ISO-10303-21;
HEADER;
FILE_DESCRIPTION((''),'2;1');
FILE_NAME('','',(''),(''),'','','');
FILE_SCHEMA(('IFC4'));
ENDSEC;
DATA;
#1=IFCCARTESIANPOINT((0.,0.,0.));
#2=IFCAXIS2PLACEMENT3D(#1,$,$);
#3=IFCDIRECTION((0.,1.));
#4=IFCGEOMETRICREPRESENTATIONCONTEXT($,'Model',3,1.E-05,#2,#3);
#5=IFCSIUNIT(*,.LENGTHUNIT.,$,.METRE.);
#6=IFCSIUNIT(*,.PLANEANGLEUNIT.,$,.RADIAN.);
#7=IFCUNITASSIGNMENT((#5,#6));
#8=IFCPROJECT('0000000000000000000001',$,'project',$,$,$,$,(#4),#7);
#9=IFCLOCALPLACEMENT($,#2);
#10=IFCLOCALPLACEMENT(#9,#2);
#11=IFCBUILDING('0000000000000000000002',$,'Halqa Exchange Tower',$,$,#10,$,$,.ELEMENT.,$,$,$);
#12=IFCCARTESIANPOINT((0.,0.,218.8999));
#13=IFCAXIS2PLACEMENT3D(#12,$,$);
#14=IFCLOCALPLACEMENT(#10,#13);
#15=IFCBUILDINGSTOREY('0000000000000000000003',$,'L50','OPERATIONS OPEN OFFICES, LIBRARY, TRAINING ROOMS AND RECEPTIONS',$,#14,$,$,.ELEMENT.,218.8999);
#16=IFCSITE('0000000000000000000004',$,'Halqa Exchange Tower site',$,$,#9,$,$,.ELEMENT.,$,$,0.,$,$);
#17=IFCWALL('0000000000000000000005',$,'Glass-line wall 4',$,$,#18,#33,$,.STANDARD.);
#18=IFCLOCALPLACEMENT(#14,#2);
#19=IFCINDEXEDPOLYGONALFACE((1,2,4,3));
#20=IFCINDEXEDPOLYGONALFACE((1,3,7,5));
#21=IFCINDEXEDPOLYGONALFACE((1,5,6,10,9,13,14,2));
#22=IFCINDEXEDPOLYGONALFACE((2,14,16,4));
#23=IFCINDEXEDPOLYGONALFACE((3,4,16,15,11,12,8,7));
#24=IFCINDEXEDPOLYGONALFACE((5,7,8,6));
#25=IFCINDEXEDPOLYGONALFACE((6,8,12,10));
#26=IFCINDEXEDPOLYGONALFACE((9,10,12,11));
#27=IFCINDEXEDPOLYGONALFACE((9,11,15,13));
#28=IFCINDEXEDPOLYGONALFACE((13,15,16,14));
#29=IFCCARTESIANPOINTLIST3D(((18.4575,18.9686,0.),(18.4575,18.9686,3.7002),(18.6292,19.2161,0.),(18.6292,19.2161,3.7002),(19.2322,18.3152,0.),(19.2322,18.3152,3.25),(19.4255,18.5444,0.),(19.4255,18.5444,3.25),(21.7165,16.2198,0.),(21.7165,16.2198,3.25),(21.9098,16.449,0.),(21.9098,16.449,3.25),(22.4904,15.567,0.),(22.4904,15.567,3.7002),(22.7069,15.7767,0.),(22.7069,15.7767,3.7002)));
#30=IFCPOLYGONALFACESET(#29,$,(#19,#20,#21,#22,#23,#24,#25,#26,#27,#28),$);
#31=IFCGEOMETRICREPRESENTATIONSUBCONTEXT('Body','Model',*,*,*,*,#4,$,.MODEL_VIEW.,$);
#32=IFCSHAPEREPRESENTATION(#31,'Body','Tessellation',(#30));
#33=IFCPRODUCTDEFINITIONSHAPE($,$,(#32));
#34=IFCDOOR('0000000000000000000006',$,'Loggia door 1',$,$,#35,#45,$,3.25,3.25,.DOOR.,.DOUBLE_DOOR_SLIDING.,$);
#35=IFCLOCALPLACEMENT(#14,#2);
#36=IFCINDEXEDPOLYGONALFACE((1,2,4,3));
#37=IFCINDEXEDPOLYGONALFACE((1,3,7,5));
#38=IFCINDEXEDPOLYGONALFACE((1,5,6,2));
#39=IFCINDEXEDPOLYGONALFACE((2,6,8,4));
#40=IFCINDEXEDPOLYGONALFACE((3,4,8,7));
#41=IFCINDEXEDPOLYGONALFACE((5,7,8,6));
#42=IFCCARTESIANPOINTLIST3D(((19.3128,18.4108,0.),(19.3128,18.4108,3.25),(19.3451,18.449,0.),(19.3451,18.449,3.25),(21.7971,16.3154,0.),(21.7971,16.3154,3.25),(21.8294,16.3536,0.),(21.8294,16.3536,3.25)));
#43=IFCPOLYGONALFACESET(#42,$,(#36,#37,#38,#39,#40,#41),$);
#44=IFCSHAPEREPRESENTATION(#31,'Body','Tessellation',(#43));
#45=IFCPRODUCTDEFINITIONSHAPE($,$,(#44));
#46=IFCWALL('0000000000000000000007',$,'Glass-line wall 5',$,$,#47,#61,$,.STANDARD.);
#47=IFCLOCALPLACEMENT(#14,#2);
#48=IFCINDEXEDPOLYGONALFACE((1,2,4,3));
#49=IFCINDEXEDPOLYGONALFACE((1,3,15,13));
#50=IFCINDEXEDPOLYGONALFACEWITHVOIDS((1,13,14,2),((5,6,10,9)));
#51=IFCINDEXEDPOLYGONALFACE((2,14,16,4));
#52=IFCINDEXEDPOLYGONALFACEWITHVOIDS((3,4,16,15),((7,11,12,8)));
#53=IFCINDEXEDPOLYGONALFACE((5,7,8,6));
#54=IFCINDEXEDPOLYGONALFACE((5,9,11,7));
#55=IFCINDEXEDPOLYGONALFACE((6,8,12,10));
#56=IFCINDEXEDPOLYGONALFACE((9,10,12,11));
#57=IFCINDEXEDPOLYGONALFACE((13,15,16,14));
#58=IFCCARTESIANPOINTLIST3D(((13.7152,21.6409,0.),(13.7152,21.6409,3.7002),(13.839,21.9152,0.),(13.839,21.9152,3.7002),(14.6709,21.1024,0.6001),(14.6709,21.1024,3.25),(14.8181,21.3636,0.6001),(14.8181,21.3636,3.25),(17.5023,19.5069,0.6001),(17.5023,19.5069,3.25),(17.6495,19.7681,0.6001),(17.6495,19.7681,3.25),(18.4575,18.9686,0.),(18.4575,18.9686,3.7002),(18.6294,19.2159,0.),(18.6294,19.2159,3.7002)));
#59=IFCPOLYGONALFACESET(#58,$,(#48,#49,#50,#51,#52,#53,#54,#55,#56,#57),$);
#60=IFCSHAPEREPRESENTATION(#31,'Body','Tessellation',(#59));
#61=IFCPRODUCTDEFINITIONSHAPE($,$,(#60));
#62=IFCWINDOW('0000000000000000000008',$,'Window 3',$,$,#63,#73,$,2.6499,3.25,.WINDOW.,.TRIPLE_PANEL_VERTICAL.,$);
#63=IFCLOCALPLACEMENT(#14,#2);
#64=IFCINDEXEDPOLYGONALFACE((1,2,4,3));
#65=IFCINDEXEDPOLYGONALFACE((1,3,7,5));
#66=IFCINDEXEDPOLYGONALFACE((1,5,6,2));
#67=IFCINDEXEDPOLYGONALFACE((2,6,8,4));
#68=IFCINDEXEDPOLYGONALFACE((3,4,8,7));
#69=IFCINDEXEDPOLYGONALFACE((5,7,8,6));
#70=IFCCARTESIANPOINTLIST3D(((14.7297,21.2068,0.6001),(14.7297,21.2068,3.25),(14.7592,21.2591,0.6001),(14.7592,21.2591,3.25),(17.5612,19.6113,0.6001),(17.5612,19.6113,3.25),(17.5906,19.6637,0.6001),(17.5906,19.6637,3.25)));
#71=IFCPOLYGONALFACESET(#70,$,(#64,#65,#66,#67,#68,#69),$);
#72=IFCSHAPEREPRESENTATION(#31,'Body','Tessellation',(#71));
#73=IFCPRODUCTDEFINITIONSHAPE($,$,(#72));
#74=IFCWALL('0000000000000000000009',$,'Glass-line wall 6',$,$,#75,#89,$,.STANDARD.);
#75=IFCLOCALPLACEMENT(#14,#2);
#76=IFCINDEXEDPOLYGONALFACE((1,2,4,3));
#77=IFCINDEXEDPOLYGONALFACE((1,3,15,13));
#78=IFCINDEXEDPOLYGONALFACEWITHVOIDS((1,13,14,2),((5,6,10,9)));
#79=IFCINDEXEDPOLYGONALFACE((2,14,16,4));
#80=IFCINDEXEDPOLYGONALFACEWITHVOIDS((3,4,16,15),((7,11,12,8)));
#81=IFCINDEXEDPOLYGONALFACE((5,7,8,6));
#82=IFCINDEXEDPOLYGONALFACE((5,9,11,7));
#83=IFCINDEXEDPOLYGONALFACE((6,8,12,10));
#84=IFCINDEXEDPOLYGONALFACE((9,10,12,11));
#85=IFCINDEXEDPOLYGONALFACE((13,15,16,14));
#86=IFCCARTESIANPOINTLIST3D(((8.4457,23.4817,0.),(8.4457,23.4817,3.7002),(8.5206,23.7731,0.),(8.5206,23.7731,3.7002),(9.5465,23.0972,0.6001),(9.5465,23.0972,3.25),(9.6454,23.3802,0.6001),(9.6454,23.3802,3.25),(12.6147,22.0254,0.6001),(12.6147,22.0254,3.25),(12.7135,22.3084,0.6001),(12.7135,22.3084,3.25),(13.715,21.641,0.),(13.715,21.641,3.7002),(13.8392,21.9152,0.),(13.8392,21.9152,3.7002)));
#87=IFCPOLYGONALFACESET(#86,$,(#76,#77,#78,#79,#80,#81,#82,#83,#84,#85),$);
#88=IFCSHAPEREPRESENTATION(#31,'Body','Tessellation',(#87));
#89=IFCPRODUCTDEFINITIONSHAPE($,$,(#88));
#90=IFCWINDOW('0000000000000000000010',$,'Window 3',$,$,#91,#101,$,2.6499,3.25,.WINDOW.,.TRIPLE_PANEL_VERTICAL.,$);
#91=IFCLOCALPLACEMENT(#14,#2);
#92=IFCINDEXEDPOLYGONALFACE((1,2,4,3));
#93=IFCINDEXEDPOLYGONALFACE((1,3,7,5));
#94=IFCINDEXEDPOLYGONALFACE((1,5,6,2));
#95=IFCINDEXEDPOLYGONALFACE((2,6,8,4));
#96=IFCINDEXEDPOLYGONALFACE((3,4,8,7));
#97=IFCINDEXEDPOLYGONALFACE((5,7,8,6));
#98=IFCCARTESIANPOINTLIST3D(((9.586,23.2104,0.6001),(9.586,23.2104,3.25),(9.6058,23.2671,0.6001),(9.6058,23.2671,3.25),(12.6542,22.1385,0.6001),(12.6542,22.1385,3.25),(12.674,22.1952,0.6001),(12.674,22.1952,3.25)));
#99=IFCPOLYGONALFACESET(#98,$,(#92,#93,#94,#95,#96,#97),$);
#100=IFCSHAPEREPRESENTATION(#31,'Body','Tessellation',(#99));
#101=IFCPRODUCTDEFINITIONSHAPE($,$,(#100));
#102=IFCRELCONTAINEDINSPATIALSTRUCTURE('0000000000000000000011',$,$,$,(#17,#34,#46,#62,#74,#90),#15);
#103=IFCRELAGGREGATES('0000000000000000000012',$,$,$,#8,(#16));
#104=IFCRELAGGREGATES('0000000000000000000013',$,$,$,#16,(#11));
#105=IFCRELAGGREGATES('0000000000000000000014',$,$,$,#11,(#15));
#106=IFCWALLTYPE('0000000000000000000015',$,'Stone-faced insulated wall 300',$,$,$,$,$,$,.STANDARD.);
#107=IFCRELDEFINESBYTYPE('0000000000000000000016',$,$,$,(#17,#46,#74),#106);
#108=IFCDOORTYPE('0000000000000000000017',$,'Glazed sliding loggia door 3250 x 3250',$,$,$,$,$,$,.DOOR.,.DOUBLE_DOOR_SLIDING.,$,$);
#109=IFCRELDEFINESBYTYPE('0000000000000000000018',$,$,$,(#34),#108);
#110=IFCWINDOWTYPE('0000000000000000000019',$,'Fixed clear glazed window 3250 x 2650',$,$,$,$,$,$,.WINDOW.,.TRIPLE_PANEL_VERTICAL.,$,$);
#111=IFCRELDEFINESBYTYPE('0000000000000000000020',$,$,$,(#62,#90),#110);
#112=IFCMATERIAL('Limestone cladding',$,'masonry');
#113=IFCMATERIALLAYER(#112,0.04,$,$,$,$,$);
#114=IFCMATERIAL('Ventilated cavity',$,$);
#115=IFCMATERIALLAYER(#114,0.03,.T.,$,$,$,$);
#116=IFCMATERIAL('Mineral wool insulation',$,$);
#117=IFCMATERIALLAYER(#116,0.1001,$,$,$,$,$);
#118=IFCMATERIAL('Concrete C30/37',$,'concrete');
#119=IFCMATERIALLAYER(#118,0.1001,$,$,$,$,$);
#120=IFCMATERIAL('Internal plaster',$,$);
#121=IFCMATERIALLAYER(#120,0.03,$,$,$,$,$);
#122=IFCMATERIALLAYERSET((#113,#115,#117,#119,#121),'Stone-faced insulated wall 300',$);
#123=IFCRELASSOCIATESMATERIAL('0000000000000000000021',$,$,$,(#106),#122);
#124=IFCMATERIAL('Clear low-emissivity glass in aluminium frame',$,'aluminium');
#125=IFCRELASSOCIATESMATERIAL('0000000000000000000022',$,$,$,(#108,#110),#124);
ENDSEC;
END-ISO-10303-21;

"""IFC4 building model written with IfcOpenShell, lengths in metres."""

from ifc_helpers import new_model, si_unit, direction, frame, frame_2d, origin, place, context, subcontext, project, spatial, polyline, rectangle, outline, extrude, material, layer, layer_set, type_object, element, fill, save


model = new_model("IFC4")

# Units and contexts
model_context = context("Model", 3, precision=1e-05, world=origin(), true_north=direction((0.0, 1.0)))
body_context = subcontext(model_context, "Body", "Model", "MODEL_VIEW")
ifc_project = project(units=[si_unit("LENGTHUNIT", "METRE"), si_unit("PLANEANGLEUNIT", "RADIAN")], contexts=[model_context])

# Site, building, storey
site_placement = place(None, origin())
site = spatial("IfcSite", under=ifc_project, at=site_placement, Name="Halqa Exchange Tower site", CompositionType="ELEMENT", RefElevation=0.0)
building_placement = place(site_placement, origin())
building = spatial("IfcBuilding", under=site, at=building_placement, Name="Halqa Exchange Tower", CompositionType="ELEMENT")
storey_placement = place(building_placement, frame((0.0, 0.0, 218.8999)))
storey = spatial("IfcBuildingStorey", under=building, at=storey_placement, Name="L50", Description="OPERATIONS OPEN OFFICES, LIBRARY, TRAINING ROOMS AND RECEPTIONS", CompositionType="ELEMENT", Elevation=218.8999)

# Wall, opening, door
ifc_material_1 = material(Name="Limestone cladding", Category="masonry")
ifc_layer_1 = layer(ifc_material_1, 0.04)
ifc_material_2 = material(Name="Ventilated cavity")
ifc_layer_2 = layer(ifc_material_2, 0.03, ventilated=True)
ifc_material_3 = material(Name="Mineral wool insulation")
ifc_layer_3 = layer(ifc_material_3, 0.1001)
ifc_material_4 = material(Name="Concrete C30/37", Category="concrete")
ifc_layer_4 = layer(ifc_material_4, 0.1001)
ifc_material_5 = material(Name="Internal plaster")
ifc_layer_5 = layer(ifc_material_5, 0.03)
ifc_layer_set_1 = layer_set([ifc_layer_1, ifc_layer_2, ifc_layer_3, ifc_layer_4, ifc_layer_5], Name="Stone-faced insulated wall 300")
wall_type_1 = type_object("IfcWallType", Name="Stone-faced insulated wall 300", PredefinedType="STANDARD", material=ifc_layer_set_1)
wall_1_placement = place(storey_placement, frame((22.5986, 15.6719, 0.0), z_axis=(0.0, 0.0, 1.0), x_axis=(-0.764398, 0.644745, 0.0)))
wall_1 = element("IfcWall", 1, at=wall_1_placement, inside=storey, type_object=wall_type_1, Name="Glass-line wall 4", PredefinedType="STANDARD", context=body_context, shape_type="SweptSolid", body=[
    extrude(outline(polyline([(-0.0151, -0.1499), (5.3193, -0.1499), (5.291, 0.1499), (0.0151, 0.1499), (-0.0151, -0.1499)])), origin(), (0.0, 0.0, 1.0), 3.7002),
])
opening_1_placement = place(wall_1_placement, frame((1.0276, 0.0, 0.0)))
opening_1 = element("IfcOpeningElement", 2, at=opening_1_placement, cuts=wall_1, PredefinedType="OPENING", context=body_context, shape_type="SweptSolid", body=[
    extrude(rectangle(XDim=3.25, YDim=3.25, at=frame_2d((1.625, 1.625))), frame((0.0, 0.1621, 0.0), z_axis=(0.0, -1.0, 0.0), x_axis=(1.0, 0.0, 0.0)), (0.0, 0.0, 1.0), 0.324),
])
ifc_material_6 = material(Name="Clear low-emissivity glass in aluminium frame", Category="aluminium")
door_type_1 = type_object("IfcDoorType", Name="Glazed sliding loggia door 3250 x 3250", OperationType="DOUBLE_DOOR_SLIDING", PredefinedType="DOOR", material=ifc_material_6)
door_1_placement = place(opening_1_placement, origin())
door_1 = element("IfcDoor", 3, at=door_1_placement, inside=storey, type_object=door_type_1, Name="Loggia door 1", OperationType="DOUBLE_DOOR_SLIDING", OverallHeight=3.25, OverallWidth=3.25, PredefinedType="DOOR", context=body_context, shape_type="SweptSolid", body=[
    extrude(rectangle(XDim=3.25, YDim=3.25, at=frame_2d((1.625, 1.625))), frame((0.0, 0.0249, 0.0), z_axis=(0.0, -1.0, 0.0), x_axis=(1.0, 0.0, 0.0)), (0.0, 0.0, 1.0), 0.05),
])
fill(opening_1, door_1)

# Walls, openings, windows
wall_2_placement = place(storey_placement, frame((18.5435, 19.0923, 0.0), z_axis=(0.0, 0.0, 1.0), x_axis=(-0.871207, 0.490916, 0.0)))
wall_2 = element("IfcWall", 4, at=wall_2_placement, inside=storey, type_object=wall_type_1, Name="Glass-line wall 5", PredefinedType="STANDARD", context=body_context, shape_type="SweptSolid", body=[
    extrude(outline(polyline([(-0.0142, -0.1499), (5.4844, -0.1499), (5.4575, 0.1499), (0.0142, 0.1499), (-0.0142, -0.1499)])), origin(), (0.0, 0.0, 1.0), 3.7002),
])
opening_2_placement = place(wall_2_placement, frame((1.1106, 0.0, 0.6001)))
opening_2 = element("IfcOpeningElement", 5, at=opening_2_placement, cuts=wall_2, PredefinedType="OPENING", context=body_context, shape_type="SweptSolid", body=[
    extrude(rectangle(XDim=3.25, YDim=2.6499, at=frame_2d((1.625, 1.325))), frame((0.0, 0.1621, 0.0), z_axis=(0.0, -1.0, 0.0), x_axis=(1.0, 0.0, 0.0)), (0.0, 0.0, 1.0), 0.324),
])
window_type = type_object("IfcWindowType", Name="Fixed clear glazed window 3250 x 2650", PartitioningType="TRIPLE_PANEL_VERTICAL", PredefinedType="WINDOW", material=ifc_material_6)
window_1_placement = place(opening_2_placement, origin())
window_1 = element("IfcWindow", 6, at=window_1_placement, inside=storey, type_object=window_type, Name="Window 3", OverallHeight=2.6499, OverallWidth=3.25, PartitioningType="TRIPLE_PANEL_VERTICAL", PredefinedType="WINDOW", context=body_context, shape_type="SweptSolid", body=[
    extrude(rectangle(XDim=3.25, YDim=2.6499, at=frame_2d((1.625, 1.325))), frame((0.0, 0.03, 0.0), z_axis=(0.0, -1.0, 0.0), x_axis=(1.0, 0.0, 0.0)), (0.0, 0.0, 1.0), 0.0601),
])
fill(opening_2, window_1)
wall_3_placement = place(storey_placement, frame((13.7771, 21.7781, 0.0), z_axis=(0.0, 0.0, 1.0), x_axis=(-0.944054, 0.329792, 0.0)))
wall_3 = element("IfcWall", 7, at=wall_3_placement, inside=storey, type_object=wall_type_1, Name="Glass-line wall 6", PredefinedType="STANDARD", context=body_context, shape_type="SweptSolid", body=[
    extrude(outline(polyline([(-0.0134, -0.1499), (5.6204, -0.1499), (5.595, 0.1499), (0.0134, 0.1499), (-0.0134, -0.1499)])), origin(), (0.0, 0.0, 1.0), 3.7002),
])
opening_3_placement = place(wall_3_placement, frame((1.179, 0.0, 0.6001)))
opening_3 = element("IfcOpeningElement", 8, at=opening_3_placement, cuts=wall_3, PredefinedType="OPENING", context=body_context, shape_type="SweptSolid", body=[
    extrude(rectangle(XDim=3.25, YDim=2.6499, at=frame_2d((1.625, 1.325))), frame((0.0, 0.1621, 0.0), z_axis=(0.0, -1.0, 0.0), x_axis=(1.0, 0.0, 0.0)), (0.0, 0.0, 1.0), 0.324),
])
window_2_placement = place(opening_3_placement, origin())
window_2 = element("IfcWindow", 9, at=window_2_placement, inside=storey, type_object=window_type, Name="Window 3", OverallHeight=2.6499, OverallWidth=3.25, PartitioningType="TRIPLE_PANEL_VERTICAL", PredefinedType="WINDOW", context=body_context, shape_type="SweptSolid", body=[
    extrude(rectangle(XDim=3.25, YDim=2.6499, at=frame_2d((1.625, 1.325))), frame((0.0, 0.03, 0.0), z_axis=(0.0, -1.0, 0.0), x_axis=(1.0, 0.0, 0.0)), (0.0, 0.0, 1.0), 0.0601),
])
fill(opening_3, window_2)

save(model, "model.ifc")
